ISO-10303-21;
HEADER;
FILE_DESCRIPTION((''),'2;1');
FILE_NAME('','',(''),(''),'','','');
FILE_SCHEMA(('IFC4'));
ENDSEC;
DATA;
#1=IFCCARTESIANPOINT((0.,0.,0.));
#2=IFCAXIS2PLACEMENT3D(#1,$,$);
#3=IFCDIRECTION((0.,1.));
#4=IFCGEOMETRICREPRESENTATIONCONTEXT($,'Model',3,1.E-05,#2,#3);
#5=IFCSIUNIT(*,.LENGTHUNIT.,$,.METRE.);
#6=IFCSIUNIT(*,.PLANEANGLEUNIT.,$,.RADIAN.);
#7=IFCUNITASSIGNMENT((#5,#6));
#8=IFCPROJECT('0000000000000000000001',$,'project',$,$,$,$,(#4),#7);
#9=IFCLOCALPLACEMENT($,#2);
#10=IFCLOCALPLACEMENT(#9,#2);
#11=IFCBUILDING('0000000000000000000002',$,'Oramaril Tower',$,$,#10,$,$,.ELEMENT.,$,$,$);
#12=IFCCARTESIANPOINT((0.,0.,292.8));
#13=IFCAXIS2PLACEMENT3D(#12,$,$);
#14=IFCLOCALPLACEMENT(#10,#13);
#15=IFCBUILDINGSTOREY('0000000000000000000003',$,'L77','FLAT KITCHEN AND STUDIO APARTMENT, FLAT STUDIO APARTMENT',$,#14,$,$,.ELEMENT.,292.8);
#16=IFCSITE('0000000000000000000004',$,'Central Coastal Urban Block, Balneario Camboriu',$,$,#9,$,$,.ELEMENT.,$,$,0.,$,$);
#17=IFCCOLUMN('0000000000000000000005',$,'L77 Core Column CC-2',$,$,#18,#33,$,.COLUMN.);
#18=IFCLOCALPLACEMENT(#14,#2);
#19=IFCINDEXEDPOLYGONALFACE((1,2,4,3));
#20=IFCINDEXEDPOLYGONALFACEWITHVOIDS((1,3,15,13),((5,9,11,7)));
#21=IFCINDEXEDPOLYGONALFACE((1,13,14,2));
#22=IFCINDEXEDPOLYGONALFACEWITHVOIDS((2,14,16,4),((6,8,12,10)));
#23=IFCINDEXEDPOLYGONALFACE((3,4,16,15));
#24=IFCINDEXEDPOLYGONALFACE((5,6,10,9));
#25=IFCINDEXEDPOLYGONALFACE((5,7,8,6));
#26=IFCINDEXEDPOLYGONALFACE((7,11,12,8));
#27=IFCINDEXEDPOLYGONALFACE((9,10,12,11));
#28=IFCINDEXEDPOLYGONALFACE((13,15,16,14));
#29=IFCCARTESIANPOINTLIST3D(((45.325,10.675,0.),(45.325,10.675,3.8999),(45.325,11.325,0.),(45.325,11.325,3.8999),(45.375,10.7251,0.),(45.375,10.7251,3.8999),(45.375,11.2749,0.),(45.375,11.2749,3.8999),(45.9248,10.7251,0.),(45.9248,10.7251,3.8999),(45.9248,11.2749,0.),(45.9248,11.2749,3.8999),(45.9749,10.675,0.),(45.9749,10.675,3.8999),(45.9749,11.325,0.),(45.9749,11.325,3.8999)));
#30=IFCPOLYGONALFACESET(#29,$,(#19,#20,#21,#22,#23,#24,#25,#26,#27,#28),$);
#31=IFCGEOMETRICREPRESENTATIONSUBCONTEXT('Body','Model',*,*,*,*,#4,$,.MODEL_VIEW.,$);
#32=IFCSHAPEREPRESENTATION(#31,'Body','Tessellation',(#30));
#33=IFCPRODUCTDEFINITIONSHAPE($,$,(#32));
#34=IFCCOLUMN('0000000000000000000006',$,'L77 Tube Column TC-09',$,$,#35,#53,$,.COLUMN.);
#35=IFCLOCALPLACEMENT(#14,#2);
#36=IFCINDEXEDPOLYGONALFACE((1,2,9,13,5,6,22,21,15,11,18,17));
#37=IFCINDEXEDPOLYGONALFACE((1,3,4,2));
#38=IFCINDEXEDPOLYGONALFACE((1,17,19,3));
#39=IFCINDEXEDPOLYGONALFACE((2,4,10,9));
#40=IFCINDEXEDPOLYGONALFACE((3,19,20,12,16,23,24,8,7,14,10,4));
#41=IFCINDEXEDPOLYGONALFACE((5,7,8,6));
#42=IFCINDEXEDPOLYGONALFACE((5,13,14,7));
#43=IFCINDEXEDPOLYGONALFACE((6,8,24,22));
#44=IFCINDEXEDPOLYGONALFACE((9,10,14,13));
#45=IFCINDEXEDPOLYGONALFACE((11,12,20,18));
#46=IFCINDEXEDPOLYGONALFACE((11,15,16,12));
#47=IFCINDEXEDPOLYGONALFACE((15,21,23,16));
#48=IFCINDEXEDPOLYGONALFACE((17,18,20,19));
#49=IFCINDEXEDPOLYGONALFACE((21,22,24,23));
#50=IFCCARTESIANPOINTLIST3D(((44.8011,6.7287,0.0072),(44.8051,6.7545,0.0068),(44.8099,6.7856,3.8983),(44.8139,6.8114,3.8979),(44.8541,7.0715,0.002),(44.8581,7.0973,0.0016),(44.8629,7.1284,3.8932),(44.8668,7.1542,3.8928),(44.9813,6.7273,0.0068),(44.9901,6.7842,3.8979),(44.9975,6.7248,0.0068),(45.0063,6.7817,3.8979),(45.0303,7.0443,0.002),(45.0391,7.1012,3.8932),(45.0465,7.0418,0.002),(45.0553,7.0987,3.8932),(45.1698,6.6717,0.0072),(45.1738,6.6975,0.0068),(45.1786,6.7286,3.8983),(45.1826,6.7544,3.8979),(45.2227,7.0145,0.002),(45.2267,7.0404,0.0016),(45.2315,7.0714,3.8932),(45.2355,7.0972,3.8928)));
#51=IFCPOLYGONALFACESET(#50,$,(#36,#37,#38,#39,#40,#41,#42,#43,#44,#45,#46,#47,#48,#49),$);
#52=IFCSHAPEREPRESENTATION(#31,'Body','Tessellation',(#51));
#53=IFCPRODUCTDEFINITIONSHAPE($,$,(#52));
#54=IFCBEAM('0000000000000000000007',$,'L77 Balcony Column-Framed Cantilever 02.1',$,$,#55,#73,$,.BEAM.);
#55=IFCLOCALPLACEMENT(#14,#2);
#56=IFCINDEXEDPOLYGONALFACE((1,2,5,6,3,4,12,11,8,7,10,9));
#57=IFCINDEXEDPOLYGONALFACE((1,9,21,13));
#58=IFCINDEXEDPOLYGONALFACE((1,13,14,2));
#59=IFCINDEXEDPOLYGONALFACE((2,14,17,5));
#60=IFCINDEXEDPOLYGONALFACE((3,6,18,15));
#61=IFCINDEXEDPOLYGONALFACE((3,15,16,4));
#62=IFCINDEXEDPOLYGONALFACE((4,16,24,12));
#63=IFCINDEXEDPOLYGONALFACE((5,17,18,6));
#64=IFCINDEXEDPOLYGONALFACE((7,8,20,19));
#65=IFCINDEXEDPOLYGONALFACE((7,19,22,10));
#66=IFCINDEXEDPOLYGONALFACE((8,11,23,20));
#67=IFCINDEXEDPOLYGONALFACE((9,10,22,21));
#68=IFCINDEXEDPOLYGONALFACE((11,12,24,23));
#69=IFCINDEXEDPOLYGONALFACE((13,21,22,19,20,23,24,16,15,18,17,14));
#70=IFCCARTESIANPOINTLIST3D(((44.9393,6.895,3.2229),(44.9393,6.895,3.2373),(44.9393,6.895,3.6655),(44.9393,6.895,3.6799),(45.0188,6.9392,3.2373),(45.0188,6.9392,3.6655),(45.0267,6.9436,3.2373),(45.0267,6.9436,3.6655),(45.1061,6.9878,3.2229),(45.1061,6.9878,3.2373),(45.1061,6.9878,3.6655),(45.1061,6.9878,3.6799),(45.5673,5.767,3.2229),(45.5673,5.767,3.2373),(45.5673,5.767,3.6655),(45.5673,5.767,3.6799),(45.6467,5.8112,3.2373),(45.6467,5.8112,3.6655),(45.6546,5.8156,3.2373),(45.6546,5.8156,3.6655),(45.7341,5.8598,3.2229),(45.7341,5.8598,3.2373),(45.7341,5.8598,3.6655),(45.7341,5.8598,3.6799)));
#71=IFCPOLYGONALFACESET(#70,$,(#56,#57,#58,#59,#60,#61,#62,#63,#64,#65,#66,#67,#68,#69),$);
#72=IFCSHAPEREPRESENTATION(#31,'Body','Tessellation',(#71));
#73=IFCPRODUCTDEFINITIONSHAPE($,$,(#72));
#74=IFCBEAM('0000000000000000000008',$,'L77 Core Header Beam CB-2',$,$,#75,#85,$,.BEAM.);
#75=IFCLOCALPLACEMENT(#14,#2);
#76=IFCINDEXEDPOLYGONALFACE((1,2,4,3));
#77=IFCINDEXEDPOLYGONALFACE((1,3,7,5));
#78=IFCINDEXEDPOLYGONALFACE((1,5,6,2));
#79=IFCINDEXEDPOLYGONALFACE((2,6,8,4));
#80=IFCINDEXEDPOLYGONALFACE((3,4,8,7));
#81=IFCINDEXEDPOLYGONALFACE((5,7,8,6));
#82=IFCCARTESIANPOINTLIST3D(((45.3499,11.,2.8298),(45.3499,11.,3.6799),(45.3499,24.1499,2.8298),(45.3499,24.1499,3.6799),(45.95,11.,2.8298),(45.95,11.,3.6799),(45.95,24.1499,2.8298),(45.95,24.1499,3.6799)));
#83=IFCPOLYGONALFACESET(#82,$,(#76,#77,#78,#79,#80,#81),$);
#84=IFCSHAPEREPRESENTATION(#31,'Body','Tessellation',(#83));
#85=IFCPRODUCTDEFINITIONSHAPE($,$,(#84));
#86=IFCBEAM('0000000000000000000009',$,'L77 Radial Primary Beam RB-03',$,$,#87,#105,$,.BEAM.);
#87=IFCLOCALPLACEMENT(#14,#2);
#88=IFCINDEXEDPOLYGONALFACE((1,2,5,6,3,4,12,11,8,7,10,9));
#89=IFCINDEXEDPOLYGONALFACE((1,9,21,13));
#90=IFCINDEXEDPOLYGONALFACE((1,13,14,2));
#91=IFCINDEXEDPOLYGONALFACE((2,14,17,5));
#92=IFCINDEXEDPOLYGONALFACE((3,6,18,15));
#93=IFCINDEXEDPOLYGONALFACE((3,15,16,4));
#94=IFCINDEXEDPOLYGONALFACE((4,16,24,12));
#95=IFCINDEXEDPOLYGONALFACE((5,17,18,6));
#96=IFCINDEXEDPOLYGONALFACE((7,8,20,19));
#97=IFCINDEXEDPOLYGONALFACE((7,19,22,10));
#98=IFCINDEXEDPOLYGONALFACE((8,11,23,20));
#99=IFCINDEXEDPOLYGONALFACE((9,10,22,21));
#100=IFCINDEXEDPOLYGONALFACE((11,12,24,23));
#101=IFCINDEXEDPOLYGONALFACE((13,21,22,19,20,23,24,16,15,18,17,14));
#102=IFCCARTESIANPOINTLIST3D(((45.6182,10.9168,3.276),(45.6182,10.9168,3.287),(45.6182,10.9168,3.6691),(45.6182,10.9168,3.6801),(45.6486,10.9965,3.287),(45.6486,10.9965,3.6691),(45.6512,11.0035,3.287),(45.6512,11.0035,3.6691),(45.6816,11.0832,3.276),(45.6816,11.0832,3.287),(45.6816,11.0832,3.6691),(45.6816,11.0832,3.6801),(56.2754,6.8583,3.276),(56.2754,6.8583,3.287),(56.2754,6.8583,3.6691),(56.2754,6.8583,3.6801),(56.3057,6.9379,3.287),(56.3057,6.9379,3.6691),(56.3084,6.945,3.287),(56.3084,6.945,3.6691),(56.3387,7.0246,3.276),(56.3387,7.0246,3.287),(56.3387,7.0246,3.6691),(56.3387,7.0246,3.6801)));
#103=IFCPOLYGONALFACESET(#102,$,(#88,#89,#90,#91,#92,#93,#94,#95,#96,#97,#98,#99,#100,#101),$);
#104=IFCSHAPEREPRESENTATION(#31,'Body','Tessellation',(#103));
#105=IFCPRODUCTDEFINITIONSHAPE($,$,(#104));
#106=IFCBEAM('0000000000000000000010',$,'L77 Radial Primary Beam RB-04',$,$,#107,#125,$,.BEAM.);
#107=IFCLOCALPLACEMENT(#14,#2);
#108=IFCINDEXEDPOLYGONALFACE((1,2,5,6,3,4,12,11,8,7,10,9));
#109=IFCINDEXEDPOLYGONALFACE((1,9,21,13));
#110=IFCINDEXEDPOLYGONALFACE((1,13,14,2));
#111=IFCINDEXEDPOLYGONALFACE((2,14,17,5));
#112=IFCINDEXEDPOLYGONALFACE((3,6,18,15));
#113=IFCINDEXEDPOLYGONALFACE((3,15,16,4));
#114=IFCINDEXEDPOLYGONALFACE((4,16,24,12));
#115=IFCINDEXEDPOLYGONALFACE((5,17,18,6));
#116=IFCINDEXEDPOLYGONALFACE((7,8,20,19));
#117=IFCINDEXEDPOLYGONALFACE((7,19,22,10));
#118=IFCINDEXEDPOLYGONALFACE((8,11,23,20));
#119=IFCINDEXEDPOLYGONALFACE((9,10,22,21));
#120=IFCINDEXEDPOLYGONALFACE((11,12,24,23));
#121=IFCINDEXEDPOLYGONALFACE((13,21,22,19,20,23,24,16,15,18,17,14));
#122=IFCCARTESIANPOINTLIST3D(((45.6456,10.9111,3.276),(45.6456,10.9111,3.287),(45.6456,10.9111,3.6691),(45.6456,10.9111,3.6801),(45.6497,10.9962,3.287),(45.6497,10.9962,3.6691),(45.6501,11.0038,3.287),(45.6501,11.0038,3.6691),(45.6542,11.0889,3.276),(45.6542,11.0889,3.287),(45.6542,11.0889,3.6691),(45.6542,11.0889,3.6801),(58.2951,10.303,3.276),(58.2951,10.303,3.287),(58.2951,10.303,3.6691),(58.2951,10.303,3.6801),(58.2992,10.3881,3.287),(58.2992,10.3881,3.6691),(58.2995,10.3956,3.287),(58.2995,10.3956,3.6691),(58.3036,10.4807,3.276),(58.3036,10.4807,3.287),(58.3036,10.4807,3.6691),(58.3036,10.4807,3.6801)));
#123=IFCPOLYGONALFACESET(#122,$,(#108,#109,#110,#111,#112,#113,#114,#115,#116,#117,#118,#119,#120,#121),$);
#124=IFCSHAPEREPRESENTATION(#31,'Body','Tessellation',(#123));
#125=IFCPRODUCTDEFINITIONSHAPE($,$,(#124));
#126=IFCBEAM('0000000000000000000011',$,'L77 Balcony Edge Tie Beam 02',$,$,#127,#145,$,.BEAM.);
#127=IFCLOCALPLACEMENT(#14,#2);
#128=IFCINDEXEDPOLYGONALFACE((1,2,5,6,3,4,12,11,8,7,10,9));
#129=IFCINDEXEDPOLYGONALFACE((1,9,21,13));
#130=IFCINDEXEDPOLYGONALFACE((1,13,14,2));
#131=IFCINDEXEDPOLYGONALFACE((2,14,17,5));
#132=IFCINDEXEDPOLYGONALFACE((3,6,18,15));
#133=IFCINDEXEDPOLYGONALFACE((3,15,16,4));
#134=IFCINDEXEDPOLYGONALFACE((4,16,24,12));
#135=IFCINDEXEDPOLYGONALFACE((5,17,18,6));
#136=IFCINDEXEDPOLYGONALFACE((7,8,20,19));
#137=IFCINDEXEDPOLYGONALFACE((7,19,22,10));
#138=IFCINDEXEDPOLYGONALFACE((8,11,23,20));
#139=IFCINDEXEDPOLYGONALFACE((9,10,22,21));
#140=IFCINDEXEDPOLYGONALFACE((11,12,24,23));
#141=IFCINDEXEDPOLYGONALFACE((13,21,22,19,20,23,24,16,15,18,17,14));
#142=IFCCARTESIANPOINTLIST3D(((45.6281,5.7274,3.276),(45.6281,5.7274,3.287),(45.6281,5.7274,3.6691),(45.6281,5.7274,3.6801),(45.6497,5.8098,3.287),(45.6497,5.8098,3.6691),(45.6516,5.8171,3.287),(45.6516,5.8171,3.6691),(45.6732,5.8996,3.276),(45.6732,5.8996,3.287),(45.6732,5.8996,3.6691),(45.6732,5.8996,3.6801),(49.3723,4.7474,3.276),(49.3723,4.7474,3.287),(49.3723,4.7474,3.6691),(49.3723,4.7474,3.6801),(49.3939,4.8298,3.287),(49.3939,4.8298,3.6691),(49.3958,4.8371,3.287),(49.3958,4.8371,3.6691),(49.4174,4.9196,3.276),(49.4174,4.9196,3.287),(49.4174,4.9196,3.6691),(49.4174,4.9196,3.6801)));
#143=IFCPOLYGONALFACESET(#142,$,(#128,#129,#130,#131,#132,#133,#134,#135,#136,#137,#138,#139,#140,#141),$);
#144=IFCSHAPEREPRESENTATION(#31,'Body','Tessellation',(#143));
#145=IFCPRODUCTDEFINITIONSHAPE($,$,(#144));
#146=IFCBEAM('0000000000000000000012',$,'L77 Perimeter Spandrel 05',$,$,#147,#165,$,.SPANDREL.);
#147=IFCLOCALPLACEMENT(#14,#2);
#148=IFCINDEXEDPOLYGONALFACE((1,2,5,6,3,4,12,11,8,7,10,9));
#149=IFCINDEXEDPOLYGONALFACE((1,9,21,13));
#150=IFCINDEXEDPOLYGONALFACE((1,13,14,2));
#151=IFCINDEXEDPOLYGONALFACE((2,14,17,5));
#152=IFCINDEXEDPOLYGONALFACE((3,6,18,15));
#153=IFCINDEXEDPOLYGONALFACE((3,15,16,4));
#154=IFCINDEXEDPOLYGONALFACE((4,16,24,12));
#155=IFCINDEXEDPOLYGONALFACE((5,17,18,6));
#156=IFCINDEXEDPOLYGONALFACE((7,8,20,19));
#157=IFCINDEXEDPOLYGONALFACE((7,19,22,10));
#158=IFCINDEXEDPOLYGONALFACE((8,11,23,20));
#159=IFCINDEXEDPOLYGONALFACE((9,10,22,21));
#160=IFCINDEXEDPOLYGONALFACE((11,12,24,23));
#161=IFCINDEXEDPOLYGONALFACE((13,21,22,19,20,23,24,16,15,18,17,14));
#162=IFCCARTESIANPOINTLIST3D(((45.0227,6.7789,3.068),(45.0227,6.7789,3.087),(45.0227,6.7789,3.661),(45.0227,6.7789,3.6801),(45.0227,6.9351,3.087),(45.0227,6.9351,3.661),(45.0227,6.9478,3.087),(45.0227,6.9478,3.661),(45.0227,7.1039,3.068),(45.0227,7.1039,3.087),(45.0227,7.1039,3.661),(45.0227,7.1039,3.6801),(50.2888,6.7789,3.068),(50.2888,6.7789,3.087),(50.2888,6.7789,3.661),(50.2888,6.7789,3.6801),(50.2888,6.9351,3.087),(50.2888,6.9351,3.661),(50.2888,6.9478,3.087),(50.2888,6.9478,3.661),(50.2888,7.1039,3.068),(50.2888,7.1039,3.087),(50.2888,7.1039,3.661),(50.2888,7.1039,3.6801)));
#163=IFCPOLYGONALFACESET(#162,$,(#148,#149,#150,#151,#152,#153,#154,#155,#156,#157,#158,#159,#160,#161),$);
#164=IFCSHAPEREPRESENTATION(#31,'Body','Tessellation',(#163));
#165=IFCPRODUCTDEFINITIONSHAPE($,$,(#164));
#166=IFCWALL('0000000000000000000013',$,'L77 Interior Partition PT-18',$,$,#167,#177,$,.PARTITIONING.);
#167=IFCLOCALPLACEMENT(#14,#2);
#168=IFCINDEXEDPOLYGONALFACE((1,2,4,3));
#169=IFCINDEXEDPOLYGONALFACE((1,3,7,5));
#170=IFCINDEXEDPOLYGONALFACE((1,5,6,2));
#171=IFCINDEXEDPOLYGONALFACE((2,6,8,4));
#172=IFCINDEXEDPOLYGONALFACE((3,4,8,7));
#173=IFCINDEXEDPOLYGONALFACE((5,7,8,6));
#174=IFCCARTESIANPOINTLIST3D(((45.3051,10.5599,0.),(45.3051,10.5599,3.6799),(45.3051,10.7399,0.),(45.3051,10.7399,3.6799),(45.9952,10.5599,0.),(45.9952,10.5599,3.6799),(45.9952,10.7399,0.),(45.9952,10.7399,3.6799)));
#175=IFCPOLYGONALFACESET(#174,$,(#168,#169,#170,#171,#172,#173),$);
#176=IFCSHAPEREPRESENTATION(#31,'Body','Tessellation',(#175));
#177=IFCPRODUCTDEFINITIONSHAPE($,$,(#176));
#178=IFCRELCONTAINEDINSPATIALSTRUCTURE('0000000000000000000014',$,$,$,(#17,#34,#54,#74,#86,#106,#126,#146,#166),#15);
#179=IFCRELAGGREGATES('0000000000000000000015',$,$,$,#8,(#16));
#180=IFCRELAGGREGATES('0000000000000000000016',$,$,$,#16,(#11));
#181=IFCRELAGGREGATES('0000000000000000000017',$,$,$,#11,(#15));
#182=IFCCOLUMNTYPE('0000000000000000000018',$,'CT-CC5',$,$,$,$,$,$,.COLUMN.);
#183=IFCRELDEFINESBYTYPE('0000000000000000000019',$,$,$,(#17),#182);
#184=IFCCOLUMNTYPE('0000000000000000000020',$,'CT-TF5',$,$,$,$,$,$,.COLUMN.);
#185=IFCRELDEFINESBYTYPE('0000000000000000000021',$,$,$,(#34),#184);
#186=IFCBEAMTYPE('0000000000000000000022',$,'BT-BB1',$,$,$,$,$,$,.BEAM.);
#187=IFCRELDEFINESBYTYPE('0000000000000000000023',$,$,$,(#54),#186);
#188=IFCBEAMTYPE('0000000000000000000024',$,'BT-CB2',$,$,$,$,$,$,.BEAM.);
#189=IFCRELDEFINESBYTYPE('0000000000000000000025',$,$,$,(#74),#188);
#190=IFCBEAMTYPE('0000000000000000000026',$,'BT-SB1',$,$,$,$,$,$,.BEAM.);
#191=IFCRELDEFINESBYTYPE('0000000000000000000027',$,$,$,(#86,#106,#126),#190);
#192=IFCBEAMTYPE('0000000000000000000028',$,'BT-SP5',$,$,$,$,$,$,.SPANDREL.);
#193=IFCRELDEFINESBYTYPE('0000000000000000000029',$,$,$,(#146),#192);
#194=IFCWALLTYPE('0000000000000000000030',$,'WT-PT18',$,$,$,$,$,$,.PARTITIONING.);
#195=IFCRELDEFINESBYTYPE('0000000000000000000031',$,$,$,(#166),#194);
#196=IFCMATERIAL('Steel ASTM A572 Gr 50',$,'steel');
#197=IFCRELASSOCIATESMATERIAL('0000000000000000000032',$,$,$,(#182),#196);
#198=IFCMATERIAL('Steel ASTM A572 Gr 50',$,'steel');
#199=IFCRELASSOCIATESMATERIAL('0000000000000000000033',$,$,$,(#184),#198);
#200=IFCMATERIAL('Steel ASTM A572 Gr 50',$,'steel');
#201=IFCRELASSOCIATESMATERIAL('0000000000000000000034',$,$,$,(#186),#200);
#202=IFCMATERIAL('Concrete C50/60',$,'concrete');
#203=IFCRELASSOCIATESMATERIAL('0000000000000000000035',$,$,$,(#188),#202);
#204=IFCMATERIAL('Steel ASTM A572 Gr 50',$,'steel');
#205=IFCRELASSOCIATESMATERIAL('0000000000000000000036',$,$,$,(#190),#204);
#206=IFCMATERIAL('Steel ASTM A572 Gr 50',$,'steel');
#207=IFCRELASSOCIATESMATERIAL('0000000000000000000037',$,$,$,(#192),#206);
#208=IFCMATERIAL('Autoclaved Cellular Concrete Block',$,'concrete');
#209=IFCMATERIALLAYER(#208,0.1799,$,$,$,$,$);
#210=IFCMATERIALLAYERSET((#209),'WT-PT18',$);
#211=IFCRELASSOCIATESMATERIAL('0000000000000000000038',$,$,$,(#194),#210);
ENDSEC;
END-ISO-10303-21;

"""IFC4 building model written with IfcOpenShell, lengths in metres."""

from ifc_helpers import new_model, si_unit, direction, frame, frame_2d, origin, origin_2d, place, context, subcontext, project, spatial, rectangle, hollow_rectangle, i_section, extrude, material, layer, layer_set, material_profile, profile_set, type_object, element, save


model = new_model("IFC4")

# Units and contexts
model_context = context("Model", 3, precision=1e-05, world=origin(), true_north=direction((0.0, 1.0)))
body_context = subcontext(model_context, "Body", "Model", "MODEL_VIEW")
ifc_project = project(units=[si_unit("LENGTHUNIT", "METRE"), si_unit("PLANEANGLEUNIT", "RADIAN")], contexts=[model_context])

# Site, building, storey
site_placement = place(None, origin())
site = spatial("IfcSite", under=ifc_project, at=site_placement, Name="Central Coastal Urban Block, Balneario Camboriu", CompositionType="ELEMENT", RefElevation=0.0)
building_placement = place(site_placement, origin())
building = spatial("IfcBuilding", under=site, at=building_placement, Name="Oramaril Tower", CompositionType="ELEMENT")
storey_placement = place(building_placement, frame((0.0, 0.0, 292.8)))
storey = spatial("IfcBuildingStorey", under=building, at=storey_placement, Name="L77", Description="FLAT KITCHEN AND STUDIO APARTMENT, FLAT STUDIO APARTMENT", CompositionType="ELEMENT", Elevation=292.8)

# Columns
ifc_material_1 = material(Name="Steel ASTM A572 Gr 50", Category="steel")
ifc_material_profile_1 = material_profile(ifc_material_1, hollow_rectangle(XDim=0.6499, YDim=0.6499, WallThickness=0.05, at=origin_2d()), Name="BOX650X650X50")
ifc_profile_set_1 = profile_set([ifc_material_profile_1], Name="Steel ASTM A572 Gr 50")
column_type_1 = type_object("IfcColumnType", Name="CT-CC5", PredefinedType="COLUMN", material=ifc_profile_set_1)
column_1_placement = place(storey_placement, frame((45.6499, 11.0, 0.0), z_axis=(0.0, 0.0, 1.0), x_axis=(1.0, 0.0, 0.0)))
element("IfcColumn", 1, at=column_1_placement, inside=storey, type_object=column_type_1, Name="L77 Core Column CC-2", PredefinedType="COLUMN", context=body_context, shape_type="SweptSolid", body=[
    extrude(hollow_rectangle(XDim=0.6499, YDim=0.6499, WallThickness=0.05, at=origin_2d()), origin(), (0.0, 0.0, 1.0), 3.8999),
])
ifc_material_2 = material(Name="Steel ASTM A572 Gr 50", Category="steel")
ifc_material_profile_2 = material_profile(ifc_material_2, i_section(OverallWidth=0.373, OverallDepth=0.373, WebThickness=0.0164, FlangeThickness=0.0261, at=origin_2d()), Name="W14X132")
ifc_profile_set_2 = profile_set([ifc_material_profile_2], Name="Steel ASTM A572 Gr 50")
column_type_2 = type_object("IfcColumnType", Name="CT-TF5", PredefinedType="COLUMN", material=ifc_profile_set_2)
column_2_placement = place(storey_placement, frame((45.0139, 6.8845, 0.0044), z_axis=(0.002259, 0.014618, 0.999891), x_axis=(-0.988273, 0.152695, 0.0)))
element("IfcColumn", 2, at=column_2_placement, inside=storey, type_object=column_type_2, Name="L77 Tube Column TC-09", PredefinedType="COLUMN", context=body_context, shape_type="SweptSolid", body=[
    extrude(i_section(OverallWidth=0.373, OverallDepth=0.373, WebThickness=0.0164, FlangeThickness=0.0261, at=origin_2d()), origin(), (0.0, 0.0, 1.0), 3.8916),
])

# Beams
ifc_material_3 = material(Name="Steel ASTM A572 Gr 50", Category="steel")
ifc_material_profile_3 = material_profile(ifc_material_3, i_section(OverallWidth=0.1909, OverallDepth=0.457, WebThickness=0.009, FlangeThickness=0.0144, at=origin_2d()), Name="W18X50")
ifc_profile_set_3 = profile_set([ifc_material_profile_3], Name="Steel ASTM A572 Gr 50")
beam_type_1 = type_object("IfcBeamType", Name="BT-BB1", PredefinedType="BEAM", material=ifc_profile_set_3)
beam_1_placement = place(storey_placement, frame((45.0227, 6.9414, 3.4514), z_axis=(0.486413, -0.873729, 0.0), x_axis=(0.873729, 0.486413, 0.0)))
element("IfcBeam", 3, at=beam_1_placement, inside=storey, type_object=beam_type_1, Name="L77 Balcony Column-Framed Cantilever 02.1", PredefinedType="BEAM", context=body_context, shape_type="SweptSolid", body=[
    extrude(i_section(OverallWidth=0.1909, OverallDepth=0.457, WebThickness=0.009, FlangeThickness=0.0144, at=origin_2d()), origin(), (0.0, 0.0, 1.0), 1.291),
])
ifc_material_4 = material(Name="Concrete C50/60", Category="concrete")
ifc_material_profile_4 = material_profile(ifc_material_4, rectangle(XDim=0.6001, YDim=0.8501, at=origin_2d()), Name="CB600X850")
ifc_profile_set_4 = profile_set([ifc_material_profile_4], Name="Concrete C50/60")
beam_type_2 = type_object("IfcBeamType", Name="BT-CB2", PredefinedType="BEAM", material=ifc_profile_set_4)
beam_2_placement = place(storey_placement, frame((45.6499, 11.0, 3.2549), z_axis=(0.0, 1.0, 0.0), x_axis=(-1.0, 0.0, 0.0)))
element("IfcBeam", 4, at=beam_2_placement, inside=storey, type_object=beam_type_2, Name="L77 Core Header Beam CB-2", PredefinedType="BEAM", context=body_context, shape_type="SweptSolid", body=[
    extrude(rectangle(XDim=0.6001, YDim=0.8501, at=origin_2d()), origin(), (0.0, 0.0, 1.0), 13.1499),
])
ifc_material_5 = material(Name="Steel ASTM A572 Gr 50", Category="steel")
ifc_material_profile_5 = material_profile(ifc_material_5, i_section(OverallWidth=0.178, OverallDepth=0.4041, WebThickness=0.0076, FlangeThickness=0.011, at=origin_2d()), Name="W16X36")
ifc_profile_set_5 = profile_set([ifc_material_profile_5], Name="Steel ASTM A572 Gr 50")
beam_type_3 = type_object("IfcBeamType", Name="BT-SB1", PredefinedType="BEAM", material=ifc_profile_set_5)
beam_3_placement = place(storey_placement, frame((45.6499, 11.0, 3.478), z_axis=(0.934526, -0.355896, 0.0), x_axis=(0.355896, 0.934526, 0.0)))
element("IfcBeam", 5, at=beam_3_placement, inside=storey, type_object=beam_type_3, Name="L77 Radial Primary Beam RB-03", PredefinedType="BEAM", context=body_context, shape_type="SweptSolid", body=[
    extrude(i_section(OverallWidth=0.178, OverallDepth=0.4041, WebThickness=0.0076, FlangeThickness=0.011, at=origin_2d()), origin(), (0.0, 0.0, 1.0), 11.4038),
])
beam_4_placement = place(storey_placement, frame((45.6499, 11.0, 3.478), z_axis=(0.998846, -0.048022, 0.0), x_axis=(0.048022, 0.998846, 0.0)))
element("IfcBeam", 6, at=beam_4_placement, inside=storey, type_object=beam_type_3, Name="L77 Radial Primary Beam RB-04", PredefinedType="BEAM", context=body_context, shape_type="SweptSolid", body=[
    extrude(i_section(OverallWidth=0.178, OverallDepth=0.4041, WebThickness=0.0076, FlangeThickness=0.011, at=origin_2d()), origin(), (0.0, 0.0, 1.0), 12.6641),
])
beam_5_placement = place(storey_placement, frame((45.6506, 5.8135, 3.478), z_axis=(0.967412, -0.253208, 0.0), x_axis=(0.253208, 0.967412, 0.0)))
element("IfcBeam", 7, at=beam_5_placement, inside=storey, type_object=beam_type_3, Name="L77 Balcony Edge Tie Beam 02", PredefinedType="BEAM", context=body_context, shape_type="SweptSolid", body=[
    extrude(i_section(OverallWidth=0.178, OverallDepth=0.4041, WebThickness=0.0076, FlangeThickness=0.011, at=origin_2d()), origin(), (0.0, 0.0, 1.0), 3.8704),
])
ifc_material_6 = material(Name="Steel ASTM A572 Gr 50", Category="steel")
ifc_material_profile_6 = material_profile(ifc_material_6, i_section(OverallWidth=0.325, OverallDepth=0.6121, WebThickness=0.0127, FlangeThickness=0.019, at=origin_2d()), Name="W24X104")
ifc_profile_set_6 = profile_set([ifc_material_profile_6], Name="Steel ASTM A572 Gr 50")
beam_type_4 = type_object("IfcBeamType", Name="BT-SP5", PredefinedType="SPANDREL", material=ifc_profile_set_6)
beam_6_placement = place(storey_placement, frame((45.0227, 6.9414, 3.374), z_axis=(1.0, 0.0, 0.0), x_axis=(0.0, 1.0, 0.0)))
element("IfcBeam", 8, at=beam_6_placement, inside=storey, type_object=beam_type_4, Name="L77 Perimeter Spandrel 05", PredefinedType="SPANDREL", context=body_context, shape_type="SweptSolid", body=[
    extrude(i_section(OverallWidth=0.325, OverallDepth=0.6121, WebThickness=0.0127, FlangeThickness=0.019, at=origin_2d()), origin(), (0.0, 0.0, 1.0), 5.2661),
])

# Wall
ifc_material_7 = material(Name="Autoclaved Cellular Concrete Block", Category="concrete")
ifc_layer_1 = layer(ifc_material_7, 0.1799)
ifc_layer_set_1 = layer_set([ifc_layer_1], Name="WT-PT18")
wall_type_1 = type_object("IfcWallType", Name="WT-PT18", PredefinedType="PARTITIONING", material=ifc_layer_set_1)
wall_1_placement = place(storey_placement, frame((45.3049, 10.6499, 0.0), z_axis=(0.0, 0.0, 1.0), x_axis=(1.0, 0.0, 0.0)))
element("IfcWall", 9, at=wall_1_placement, inside=storey, type_object=wall_type_1, Name="L77 Interior Partition PT-18", PredefinedType="PARTITIONING", context=body_context, shape_type="SweptSolid", body=[
    extrude(rectangle(XDim=0.6902, YDim=0.1799, at=frame_2d((0.3452, 0.0))), origin(), (0.0, 0.0, 1.0), 3.6799),
])

save(model, "model.ifc")
